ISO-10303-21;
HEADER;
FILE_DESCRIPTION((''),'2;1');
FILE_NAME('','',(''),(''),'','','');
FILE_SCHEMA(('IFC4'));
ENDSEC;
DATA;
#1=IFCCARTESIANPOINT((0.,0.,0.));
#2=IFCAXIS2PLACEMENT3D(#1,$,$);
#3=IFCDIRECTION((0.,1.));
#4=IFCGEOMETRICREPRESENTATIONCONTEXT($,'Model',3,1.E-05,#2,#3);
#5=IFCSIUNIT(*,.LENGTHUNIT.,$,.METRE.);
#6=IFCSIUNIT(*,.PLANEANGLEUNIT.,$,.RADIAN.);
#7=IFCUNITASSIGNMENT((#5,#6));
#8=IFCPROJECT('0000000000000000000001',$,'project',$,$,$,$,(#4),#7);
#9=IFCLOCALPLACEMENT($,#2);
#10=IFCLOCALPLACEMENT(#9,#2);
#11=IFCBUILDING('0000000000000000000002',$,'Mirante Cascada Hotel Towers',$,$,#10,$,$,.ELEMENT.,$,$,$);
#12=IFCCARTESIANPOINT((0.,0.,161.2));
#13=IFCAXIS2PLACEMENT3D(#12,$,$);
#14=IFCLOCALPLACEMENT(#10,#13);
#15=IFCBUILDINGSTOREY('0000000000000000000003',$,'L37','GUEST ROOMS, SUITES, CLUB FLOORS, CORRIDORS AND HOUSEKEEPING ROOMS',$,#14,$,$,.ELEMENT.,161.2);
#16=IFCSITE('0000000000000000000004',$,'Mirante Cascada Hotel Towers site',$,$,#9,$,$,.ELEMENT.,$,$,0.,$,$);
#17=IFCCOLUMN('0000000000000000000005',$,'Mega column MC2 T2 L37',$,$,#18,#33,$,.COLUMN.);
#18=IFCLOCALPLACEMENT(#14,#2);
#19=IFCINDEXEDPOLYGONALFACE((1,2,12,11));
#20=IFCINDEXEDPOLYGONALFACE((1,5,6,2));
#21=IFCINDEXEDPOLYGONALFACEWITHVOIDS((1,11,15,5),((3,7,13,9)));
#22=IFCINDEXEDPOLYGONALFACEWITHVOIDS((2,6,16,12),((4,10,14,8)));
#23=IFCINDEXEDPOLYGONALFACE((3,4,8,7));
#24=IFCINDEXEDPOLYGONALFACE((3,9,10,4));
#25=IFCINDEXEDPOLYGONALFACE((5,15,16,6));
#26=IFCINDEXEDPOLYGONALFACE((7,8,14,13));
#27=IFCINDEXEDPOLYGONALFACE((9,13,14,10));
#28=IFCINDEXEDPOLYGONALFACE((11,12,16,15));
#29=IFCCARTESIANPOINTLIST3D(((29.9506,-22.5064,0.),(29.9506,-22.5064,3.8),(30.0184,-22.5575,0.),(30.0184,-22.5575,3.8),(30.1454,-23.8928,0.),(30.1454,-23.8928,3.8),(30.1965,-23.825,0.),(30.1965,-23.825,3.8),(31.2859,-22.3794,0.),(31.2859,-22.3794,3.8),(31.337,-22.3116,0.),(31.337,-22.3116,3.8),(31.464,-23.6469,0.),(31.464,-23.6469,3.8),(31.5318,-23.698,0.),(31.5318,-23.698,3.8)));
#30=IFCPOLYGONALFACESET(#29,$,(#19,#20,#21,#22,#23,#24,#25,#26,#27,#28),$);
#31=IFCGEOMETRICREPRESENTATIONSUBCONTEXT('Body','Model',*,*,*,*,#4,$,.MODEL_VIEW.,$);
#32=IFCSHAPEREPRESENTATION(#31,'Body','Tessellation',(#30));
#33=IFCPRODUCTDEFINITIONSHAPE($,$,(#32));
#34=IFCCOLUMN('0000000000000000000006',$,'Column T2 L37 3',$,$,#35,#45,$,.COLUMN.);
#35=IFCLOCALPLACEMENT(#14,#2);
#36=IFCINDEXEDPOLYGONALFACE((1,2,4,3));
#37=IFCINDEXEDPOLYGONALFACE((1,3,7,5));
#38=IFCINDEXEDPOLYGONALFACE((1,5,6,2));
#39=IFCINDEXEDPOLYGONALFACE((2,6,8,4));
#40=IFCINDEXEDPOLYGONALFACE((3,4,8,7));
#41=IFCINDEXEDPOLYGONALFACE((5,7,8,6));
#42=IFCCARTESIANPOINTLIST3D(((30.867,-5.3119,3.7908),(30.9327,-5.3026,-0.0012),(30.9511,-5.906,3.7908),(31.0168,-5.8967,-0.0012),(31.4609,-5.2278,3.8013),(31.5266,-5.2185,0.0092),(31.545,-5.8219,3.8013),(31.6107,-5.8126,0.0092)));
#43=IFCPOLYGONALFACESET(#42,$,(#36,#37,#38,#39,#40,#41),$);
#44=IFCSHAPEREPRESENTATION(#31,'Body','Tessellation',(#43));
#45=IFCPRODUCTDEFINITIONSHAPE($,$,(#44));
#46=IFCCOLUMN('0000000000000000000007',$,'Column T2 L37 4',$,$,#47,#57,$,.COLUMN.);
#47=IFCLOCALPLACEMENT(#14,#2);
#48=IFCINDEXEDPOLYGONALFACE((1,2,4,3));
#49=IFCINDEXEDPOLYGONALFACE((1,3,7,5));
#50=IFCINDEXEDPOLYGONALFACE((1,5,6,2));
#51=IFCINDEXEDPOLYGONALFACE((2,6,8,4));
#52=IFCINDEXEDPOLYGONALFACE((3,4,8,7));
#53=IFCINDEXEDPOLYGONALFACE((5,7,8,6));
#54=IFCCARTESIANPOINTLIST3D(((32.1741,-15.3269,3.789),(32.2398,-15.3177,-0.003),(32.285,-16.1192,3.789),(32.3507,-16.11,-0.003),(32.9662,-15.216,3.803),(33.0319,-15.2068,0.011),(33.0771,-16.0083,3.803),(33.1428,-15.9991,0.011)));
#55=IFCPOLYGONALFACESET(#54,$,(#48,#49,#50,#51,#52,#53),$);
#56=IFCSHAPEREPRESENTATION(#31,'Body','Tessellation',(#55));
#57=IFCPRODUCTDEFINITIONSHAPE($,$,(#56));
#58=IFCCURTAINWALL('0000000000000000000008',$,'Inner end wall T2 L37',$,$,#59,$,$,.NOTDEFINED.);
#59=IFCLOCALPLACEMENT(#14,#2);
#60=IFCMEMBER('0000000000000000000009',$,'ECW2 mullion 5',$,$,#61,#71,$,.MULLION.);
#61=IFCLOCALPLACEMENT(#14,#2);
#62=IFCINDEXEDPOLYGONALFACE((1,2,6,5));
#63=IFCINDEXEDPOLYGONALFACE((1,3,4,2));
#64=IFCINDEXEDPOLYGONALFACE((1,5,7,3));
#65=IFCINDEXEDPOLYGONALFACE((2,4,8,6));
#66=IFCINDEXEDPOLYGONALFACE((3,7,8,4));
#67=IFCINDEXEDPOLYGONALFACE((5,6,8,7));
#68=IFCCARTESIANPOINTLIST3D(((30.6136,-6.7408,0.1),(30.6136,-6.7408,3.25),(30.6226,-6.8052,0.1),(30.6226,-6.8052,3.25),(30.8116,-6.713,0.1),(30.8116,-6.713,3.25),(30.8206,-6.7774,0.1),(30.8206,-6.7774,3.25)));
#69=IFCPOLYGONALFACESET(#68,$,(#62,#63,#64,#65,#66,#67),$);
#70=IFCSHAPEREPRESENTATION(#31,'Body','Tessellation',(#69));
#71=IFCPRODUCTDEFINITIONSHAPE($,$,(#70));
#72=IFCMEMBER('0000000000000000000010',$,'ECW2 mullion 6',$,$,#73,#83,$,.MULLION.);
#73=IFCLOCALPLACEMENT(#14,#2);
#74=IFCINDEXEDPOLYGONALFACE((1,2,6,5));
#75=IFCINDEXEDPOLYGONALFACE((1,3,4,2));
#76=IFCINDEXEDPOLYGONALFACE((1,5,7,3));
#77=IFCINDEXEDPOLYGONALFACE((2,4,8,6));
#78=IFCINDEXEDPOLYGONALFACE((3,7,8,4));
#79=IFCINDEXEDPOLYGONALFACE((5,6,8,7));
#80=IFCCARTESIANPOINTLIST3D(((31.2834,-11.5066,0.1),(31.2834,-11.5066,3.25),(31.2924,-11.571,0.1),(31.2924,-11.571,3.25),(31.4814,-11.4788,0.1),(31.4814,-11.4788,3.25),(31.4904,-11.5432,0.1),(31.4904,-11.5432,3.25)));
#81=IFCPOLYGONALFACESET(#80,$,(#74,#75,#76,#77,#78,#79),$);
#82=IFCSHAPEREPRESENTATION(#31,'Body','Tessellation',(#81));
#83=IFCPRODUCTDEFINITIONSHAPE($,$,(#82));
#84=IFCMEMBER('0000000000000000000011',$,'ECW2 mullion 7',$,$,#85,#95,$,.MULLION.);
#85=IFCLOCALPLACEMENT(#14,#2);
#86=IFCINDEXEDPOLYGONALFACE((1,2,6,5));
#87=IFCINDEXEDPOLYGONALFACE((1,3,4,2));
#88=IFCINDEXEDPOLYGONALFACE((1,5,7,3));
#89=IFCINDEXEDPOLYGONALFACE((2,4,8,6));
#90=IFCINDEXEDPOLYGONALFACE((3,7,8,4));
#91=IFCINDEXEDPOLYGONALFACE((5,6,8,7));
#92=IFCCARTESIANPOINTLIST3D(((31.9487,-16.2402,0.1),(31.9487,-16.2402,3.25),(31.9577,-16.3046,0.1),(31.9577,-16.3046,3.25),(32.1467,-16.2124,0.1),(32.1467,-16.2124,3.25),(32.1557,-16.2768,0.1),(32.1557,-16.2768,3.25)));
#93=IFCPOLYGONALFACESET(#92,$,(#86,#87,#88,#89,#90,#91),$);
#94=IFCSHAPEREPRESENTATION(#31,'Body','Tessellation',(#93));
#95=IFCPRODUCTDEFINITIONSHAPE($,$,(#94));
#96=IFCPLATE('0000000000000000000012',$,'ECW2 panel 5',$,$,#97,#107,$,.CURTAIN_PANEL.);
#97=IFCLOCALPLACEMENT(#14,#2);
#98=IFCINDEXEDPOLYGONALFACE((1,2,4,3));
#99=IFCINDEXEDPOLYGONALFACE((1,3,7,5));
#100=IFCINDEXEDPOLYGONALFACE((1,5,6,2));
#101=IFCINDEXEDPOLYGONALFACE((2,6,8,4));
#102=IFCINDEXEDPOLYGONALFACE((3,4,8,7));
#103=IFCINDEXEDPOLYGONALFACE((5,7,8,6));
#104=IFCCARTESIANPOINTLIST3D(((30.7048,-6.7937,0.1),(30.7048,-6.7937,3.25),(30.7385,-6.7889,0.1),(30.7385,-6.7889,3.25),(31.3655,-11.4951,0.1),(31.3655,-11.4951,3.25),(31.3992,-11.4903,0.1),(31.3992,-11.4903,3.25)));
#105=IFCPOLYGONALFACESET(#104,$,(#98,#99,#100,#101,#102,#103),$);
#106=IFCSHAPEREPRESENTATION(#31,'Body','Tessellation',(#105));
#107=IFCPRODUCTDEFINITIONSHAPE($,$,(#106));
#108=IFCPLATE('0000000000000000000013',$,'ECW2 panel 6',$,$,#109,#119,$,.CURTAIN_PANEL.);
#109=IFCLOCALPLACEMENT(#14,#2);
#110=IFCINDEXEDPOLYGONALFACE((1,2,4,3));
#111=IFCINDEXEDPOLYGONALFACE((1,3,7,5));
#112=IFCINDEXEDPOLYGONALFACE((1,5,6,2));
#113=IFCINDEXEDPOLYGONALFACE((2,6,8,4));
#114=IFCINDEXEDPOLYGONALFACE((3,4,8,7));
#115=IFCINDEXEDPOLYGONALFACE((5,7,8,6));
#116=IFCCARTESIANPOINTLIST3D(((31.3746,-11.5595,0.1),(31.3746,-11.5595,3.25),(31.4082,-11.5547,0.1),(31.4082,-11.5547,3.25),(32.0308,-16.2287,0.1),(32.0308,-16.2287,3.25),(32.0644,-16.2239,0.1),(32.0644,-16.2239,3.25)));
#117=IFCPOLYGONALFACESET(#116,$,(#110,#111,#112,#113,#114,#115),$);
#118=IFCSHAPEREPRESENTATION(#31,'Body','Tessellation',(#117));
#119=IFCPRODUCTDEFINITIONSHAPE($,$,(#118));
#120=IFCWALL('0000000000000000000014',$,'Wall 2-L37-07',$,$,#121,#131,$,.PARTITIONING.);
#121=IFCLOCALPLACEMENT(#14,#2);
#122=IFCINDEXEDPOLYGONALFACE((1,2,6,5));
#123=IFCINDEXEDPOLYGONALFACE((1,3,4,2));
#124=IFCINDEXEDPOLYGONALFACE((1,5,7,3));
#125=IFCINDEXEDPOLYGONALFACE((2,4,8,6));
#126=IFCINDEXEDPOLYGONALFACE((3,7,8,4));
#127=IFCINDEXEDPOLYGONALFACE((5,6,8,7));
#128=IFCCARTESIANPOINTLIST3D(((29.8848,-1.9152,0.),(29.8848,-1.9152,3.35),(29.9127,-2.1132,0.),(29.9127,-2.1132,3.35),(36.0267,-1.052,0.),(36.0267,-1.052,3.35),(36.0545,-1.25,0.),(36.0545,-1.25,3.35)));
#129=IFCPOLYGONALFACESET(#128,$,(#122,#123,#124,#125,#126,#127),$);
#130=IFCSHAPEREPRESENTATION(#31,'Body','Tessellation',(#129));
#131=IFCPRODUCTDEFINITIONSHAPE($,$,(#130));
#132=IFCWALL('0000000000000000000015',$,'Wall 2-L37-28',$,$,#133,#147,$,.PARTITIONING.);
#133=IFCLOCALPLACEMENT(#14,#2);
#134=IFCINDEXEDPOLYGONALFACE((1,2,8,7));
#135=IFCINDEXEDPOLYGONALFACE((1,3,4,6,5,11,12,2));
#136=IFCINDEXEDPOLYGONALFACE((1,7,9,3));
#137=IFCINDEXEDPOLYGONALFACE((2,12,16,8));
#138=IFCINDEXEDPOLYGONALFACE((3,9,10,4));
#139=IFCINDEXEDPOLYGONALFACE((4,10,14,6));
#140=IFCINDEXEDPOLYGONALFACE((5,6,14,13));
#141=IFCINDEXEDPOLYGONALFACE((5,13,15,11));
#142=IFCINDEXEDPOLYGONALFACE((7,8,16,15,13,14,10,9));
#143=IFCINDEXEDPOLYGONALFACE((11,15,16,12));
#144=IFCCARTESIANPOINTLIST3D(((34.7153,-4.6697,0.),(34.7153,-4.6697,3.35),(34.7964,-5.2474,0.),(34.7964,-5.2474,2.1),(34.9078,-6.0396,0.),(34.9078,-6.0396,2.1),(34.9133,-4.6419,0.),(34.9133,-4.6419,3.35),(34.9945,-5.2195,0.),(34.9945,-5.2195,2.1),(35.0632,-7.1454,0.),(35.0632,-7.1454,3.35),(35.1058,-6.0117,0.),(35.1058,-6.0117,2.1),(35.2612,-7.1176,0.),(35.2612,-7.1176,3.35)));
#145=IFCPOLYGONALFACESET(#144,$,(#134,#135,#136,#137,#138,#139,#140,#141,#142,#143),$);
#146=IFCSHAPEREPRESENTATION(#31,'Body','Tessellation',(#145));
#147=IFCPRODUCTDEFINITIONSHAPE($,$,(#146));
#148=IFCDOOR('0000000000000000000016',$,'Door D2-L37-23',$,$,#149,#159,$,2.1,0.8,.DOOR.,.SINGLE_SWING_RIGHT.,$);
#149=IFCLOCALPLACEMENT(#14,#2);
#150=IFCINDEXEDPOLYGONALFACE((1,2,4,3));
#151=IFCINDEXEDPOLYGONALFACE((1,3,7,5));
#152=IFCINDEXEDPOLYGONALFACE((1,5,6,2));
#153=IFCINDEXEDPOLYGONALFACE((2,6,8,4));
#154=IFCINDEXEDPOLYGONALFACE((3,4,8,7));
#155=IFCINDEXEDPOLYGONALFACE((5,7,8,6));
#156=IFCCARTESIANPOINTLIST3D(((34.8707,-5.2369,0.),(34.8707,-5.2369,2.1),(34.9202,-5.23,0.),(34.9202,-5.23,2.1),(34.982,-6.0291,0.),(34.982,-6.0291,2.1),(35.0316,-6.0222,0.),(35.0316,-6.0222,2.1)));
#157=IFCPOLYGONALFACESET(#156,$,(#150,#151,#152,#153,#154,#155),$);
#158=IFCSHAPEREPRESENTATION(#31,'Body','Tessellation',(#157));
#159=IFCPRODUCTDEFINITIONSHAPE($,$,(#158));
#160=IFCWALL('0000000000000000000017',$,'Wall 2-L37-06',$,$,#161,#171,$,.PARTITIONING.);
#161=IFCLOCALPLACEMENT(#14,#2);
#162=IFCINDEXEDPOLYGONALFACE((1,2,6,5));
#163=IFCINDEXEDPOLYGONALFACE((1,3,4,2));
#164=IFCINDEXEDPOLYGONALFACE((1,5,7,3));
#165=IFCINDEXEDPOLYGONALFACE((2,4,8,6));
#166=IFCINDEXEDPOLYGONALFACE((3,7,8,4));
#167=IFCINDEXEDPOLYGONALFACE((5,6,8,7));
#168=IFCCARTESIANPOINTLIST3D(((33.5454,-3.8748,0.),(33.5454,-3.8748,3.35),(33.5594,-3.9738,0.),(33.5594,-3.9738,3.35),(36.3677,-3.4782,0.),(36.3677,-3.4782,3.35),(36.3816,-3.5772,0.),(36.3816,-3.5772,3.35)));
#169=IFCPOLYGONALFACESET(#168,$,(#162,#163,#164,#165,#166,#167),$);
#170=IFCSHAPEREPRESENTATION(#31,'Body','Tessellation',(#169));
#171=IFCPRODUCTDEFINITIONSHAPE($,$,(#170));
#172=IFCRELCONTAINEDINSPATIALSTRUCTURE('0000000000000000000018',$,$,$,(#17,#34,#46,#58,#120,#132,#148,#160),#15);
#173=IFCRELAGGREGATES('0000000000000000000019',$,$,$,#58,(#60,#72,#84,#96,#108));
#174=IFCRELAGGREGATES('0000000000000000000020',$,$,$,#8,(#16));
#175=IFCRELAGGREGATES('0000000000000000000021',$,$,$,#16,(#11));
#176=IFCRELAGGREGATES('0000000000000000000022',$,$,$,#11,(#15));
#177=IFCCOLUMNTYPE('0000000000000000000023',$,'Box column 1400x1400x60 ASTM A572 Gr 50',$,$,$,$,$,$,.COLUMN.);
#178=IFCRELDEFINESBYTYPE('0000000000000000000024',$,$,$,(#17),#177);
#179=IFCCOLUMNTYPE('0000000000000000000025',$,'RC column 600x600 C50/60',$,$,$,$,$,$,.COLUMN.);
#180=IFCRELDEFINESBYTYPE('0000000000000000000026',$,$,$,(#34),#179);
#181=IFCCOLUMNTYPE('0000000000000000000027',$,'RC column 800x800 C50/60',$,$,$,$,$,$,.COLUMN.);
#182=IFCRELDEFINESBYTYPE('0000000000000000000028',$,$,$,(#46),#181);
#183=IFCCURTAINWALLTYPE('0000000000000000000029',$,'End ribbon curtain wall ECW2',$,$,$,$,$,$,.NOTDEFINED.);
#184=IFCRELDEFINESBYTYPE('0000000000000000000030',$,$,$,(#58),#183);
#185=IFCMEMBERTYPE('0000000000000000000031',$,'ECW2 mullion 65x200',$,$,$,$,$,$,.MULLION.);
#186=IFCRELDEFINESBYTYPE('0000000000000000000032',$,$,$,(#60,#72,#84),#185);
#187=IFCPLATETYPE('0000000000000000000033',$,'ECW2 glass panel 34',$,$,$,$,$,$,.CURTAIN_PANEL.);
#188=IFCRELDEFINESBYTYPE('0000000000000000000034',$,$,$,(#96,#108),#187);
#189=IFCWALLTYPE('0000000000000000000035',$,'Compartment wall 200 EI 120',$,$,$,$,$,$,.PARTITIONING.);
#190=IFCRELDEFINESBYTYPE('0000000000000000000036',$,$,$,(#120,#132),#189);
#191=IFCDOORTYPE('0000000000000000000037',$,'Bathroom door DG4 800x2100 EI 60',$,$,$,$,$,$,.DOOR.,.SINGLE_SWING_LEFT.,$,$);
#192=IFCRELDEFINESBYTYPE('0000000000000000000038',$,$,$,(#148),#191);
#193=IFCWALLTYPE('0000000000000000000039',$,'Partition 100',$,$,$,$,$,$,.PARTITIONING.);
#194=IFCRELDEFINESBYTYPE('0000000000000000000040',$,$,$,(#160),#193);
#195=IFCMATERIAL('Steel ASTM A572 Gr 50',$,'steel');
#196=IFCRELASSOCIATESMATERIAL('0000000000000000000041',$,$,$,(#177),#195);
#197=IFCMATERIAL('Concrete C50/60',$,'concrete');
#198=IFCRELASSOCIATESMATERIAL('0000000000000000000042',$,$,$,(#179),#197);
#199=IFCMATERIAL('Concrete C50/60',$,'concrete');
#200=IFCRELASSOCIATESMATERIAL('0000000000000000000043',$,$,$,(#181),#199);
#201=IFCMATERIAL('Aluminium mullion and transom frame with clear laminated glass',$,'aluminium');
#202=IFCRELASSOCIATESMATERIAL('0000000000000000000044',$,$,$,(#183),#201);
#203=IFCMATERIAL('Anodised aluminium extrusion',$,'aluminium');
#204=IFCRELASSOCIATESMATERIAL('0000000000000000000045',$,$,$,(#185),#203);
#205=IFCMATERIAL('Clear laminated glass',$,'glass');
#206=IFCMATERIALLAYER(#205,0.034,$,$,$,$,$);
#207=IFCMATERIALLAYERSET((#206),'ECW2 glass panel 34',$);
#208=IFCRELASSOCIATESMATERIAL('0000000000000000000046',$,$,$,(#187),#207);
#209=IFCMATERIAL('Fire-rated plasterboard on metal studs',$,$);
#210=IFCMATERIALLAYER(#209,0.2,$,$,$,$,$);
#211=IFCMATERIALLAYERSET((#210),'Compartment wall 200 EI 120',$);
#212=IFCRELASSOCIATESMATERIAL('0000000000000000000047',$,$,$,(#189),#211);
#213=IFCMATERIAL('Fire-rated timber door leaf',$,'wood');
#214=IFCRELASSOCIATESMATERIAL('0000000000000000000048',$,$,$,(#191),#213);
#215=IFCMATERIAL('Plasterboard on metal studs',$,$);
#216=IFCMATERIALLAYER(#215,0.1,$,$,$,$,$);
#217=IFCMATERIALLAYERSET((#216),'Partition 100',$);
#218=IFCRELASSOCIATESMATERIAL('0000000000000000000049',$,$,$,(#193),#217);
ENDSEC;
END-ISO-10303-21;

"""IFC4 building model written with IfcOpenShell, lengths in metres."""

from ifc_helpers import new_model, si_unit, direction, frame, frame_2d, origin, origin_2d, place, context, subcontext, project, spatial, rectangle, hollow_rectangle, extrude, material, layer, layer_set, material_profile, profile_set, type_object, element, fill, aggregate, save


model = new_model("IFC4")

# Units and contexts
model_context = context("Model", 3, precision=1e-05, world=origin(), true_north=direction((0.0, 1.0)))
body_context = subcontext(model_context, "Body", "Model", "MODEL_VIEW")
ifc_project = project(units=[si_unit("LENGTHUNIT", "METRE"), si_unit("PLANEANGLEUNIT", "RADIAN")], contexts=[model_context])

# Site, building, storey
site_placement = place(None, origin())
site = spatial("IfcSite", under=ifc_project, at=site_placement, Name="Mirante Cascada Hotel Towers site", CompositionType="ELEMENT", RefElevation=0.0)
building_placement = place(site_placement, origin())
building = spatial("IfcBuilding", under=site, at=building_placement, Name="Mirante Cascada Hotel Towers", CompositionType="ELEMENT")
storey_placement = place(building_placement, frame((0.0, 0.0, 161.2)))
storey = spatial("IfcBuildingStorey", under=building, at=storey_placement, Name="L37", Description="GUEST ROOMS, SUITES, CLUB FLOORS, CORRIDORS AND HOUSEKEEPING ROOMS", CompositionType="ELEMENT", Elevation=161.2)

# Columns
ifc_material_1 = material(Name="Steel ASTM A572 Gr 50", Category="steel")
ifc_material_profile_1 = material_profile(ifc_material_1, hollow_rectangle(XDim=1.4, YDim=1.4, WallThickness=0.06, at=origin_2d()), Name="Box column 1400x1400x60 ASTM A572 Gr 50")
ifc_profile_set_1 = profile_set([ifc_material_profile_1], Name="Steel ASTM A572 Gr 50")
column_type_1 = type_object("IfcColumnType", Name="Box column 1400x1400x60 ASTM A572 Gr 50", PredefinedType="COLUMN", material=ifc_profile_set_1)
column_1_placement = place(storey_placement, frame((30.7412, -23.1022, 0.0), z_axis=(0.0, 0.0, 1.0), x_axis=(0.990268, 0.139173, 0.0)))
element("IfcColumn", 1, at=column_1_placement, inside=storey, type_object=column_type_1, Name="Mega column MC2 T2 L37", PredefinedType="COLUMN", context=body_context, shape_type="SweptSolid", body=[
    extrude(hollow_rectangle(XDim=1.4, YDim=1.4, WallThickness=0.06, at=origin_2d()), origin(), (0.0, 0.0, 1.0), 3.8),
])
ifc_material_2 = material(Name="Concrete C50/60", Category="concrete")
ifc_material_profile_2 = material_profile(ifc_material_2, rectangle(XDim=0.6, YDim=0.6, at=origin_2d()), Name="RC column 600x600 C50/60")
ifc_profile_set_2 = profile_set([ifc_material_profile_2], Name="Concrete C50/60")
column_type_2 = type_object("IfcColumnType", Name="RC column 600x600 C50/60", PredefinedType="COLUMN", material=ifc_profile_set_2)
column_2_placement = place(storey_placement, frame((31.2717, -5.5576, 0.004), z_axis=(-0.017323, -0.002452, 0.999847), x_axis=(0.140155, -0.990129, 0.0)))
element("IfcColumn", 2, at=column_2_placement, inside=storey, type_object=column_type_2, Name="Column T2 L37 3", PredefinedType="COLUMN", context=body_context, shape_type="SweptSolid", body=[
    extrude(rectangle(XDim=0.6, YDim=0.6, at=origin_2d()), origin(), (0.0, 0.0, 1.0), 3.7926),
])
ifc_material_3 = material(Name="Concrete C50/60", Category="concrete")
ifc_material_profile_3 = material_profile(ifc_material_3, rectangle(XDim=0.8, YDim=0.8, at=origin_2d()), Name="RC column 800x800 C50/60")
ifc_profile_set_3 = profile_set([ifc_material_profile_3], Name="Concrete C50/60")
column_type_3 = type_object("IfcColumnType", Name="RC column 800x800 C50/60", PredefinedType="COLUMN", material=ifc_profile_set_3)
column_3_placement = place(storey_placement, frame((32.6913, -15.6584, 0.004), z_axis=(-0.017323, -0.002426, 0.999847), x_axis=(0.138677, -0.990338, 0.0)))
element("IfcColumn", 3, at=column_3_placement, inside=storey, type_object=column_type_3, Name="Column T2 L37 4", PredefinedType="COLUMN", context=body_context, shape_type="SweptSolid", body=[
    extrude(rectangle(XDim=0.8, YDim=0.8, at=origin_2d()), origin(), (0.0, 0.0, 1.0), 3.7926),
])

# Curtain wall, members, plates
ifc_material_4 = material(Name="Aluminium mullion and transom frame with clear laminated glass", Category="aluminium")
curtain_wall_type = type_object("IfcCurtainWallType", Name="End ribbon curtain wall ECW2", PredefinedType="NOTDEFINED", material=ifc_material_4)
curtain_wall_placement = place(storey_placement, origin())
curtain_wall = element("IfcCurtainWall", 4, at=curtain_wall_placement, inside=storey, type_object=curtain_wall_type, Name="Inner end wall T2 L37", PredefinedType="NOTDEFINED")
ifc_material_5 = material(Name="Anodised aluminium extrusion", Category="aluminium")
ifc_material_profile_4 = material_profile(ifc_material_5, rectangle(XDim=0.2, YDim=0.065, at=origin_2d()), Name="ECW2 MULLION 65x200")
ifc_profile_set_4 = profile_set([ifc_material_profile_4], Name="Anodised aluminium extrusion")
member_type = type_object("IfcMemberType", Name="ECW2 mullion 65x200", PredefinedType="MULLION", material=ifc_profile_set_4)
member_1_placement = place(storey_placement, frame((30.7171, -6.7591, 0.1), z_axis=(0.0, 0.0, 1.0), x_axis=(0.990268, 0.139173, 0.0)))
member_1 = element("IfcMember", 5, at=member_1_placement, type_object=member_type, Name="ECW2 mullion 5", PredefinedType="MULLION", context=body_context, shape_type="SweptSolid", body=[
    extrude(rectangle(XDim=0.2, YDim=0.065, at=origin_2d()), origin(), (0.0, 0.0, 1.0), 3.15),
])
member_2_placement = place(storey_placement, frame((31.3869, -11.5249, 0.1), z_axis=(0.0, 0.0, 1.0), x_axis=(0.990268, 0.139173, 0.0)))
member_2 = element("IfcMember", 6, at=member_2_placement, type_object=member_type, Name="ECW2 mullion 6", PredefinedType="MULLION", context=body_context, shape_type="SweptSolid", body=[
    extrude(rectangle(XDim=0.2, YDim=0.065, at=origin_2d()), origin(), (0.0, 0.0, 1.0), 3.15),
])
member_3_placement = place(storey_placement, frame((32.0522, -16.2585, 0.1), z_axis=(0.0, 0.0, 1.0), x_axis=(0.990268, 0.139173, 0.0)))
member_3 = element("IfcMember", 7, at=member_3_placement, type_object=member_type, Name="ECW2 mullion 7", PredefinedType="MULLION", context=body_context, shape_type="SweptSolid", body=[
    extrude(rectangle(XDim=0.2, YDim=0.065, at=origin_2d()), origin(), (0.0, 0.0, 1.0), 3.15),
])
ifc_material_6 = material(Name="Clear laminated glass", Category="glass")
ifc_layer_1 = layer(ifc_material_6, 0.034)
ifc_layer_set_1 = layer_set([ifc_layer_1], Name="ECW2 glass panel 34")
plate_type = type_object("IfcPlateType", Name="ECW2 glass panel 34", PredefinedType="CURTAIN_PANEL", material=ifc_layer_set_1)
plate_1_placement = place(storey_placement, frame((31.052, -9.142, 0.1), z_axis=(0.0, 0.0, 1.0), x_axis=(0.139173, -0.990268, 0.0)))
plate_1 = element("IfcPlate", 8, at=plate_1_placement, type_object=plate_type, Name="ECW2 panel 5", PredefinedType="CURTAIN_PANEL", context=body_context, shape_type="SweptSolid", body=[
    extrude(rectangle(XDim=4.7476, YDim=0.034, at=origin_2d()), origin(), (0.0, 0.0, 1.0), 3.15),
])
plate_2_placement = place(storey_placement, frame((31.7195, -13.8917, 0.1), z_axis=(0.0, 0.0, 1.0), x_axis=(0.139173, -0.990268, 0.0)))
plate_2 = element("IfcPlate", 9, at=plate_2_placement, type_object=plate_type, Name="ECW2 panel 6", PredefinedType="CURTAIN_PANEL", context=body_context, shape_type="SweptSolid", body=[
    extrude(rectangle(XDim=4.7151, YDim=0.034, at=origin_2d()), origin(), (0.0, 0.0, 1.0), 3.15),
])
aggregate(curtain_wall, [member_1, member_2, member_3, plate_1, plate_2])

# Wall
ifc_material_7 = material(Name="Fire-rated plasterboard on metal studs")
ifc_layer_2 = layer(ifc_material_7, 0.2)
ifc_layer_set_2 = layer_set([ifc_layer_2], Name="Compartment wall 200 EI 120")
wall_type_1 = type_object("IfcWallType", Name="Compartment wall 200 EI 120", PredefinedType="PARTITIONING", material=ifc_layer_set_2)
wall_1_placement = place(storey_placement, frame((36.0406, -1.151, 0.0), z_axis=(0.0, 0.0, 1.0), x_axis=(-0.990267, -0.139177, 0.0)))
element("IfcWall", 10, at=wall_1_placement, inside=storey, type_object=wall_type_1, Name="Wall 2-L37-07", PredefinedType="PARTITIONING", context=body_context, shape_type="SweptSolid", body=[
    extrude(rectangle(XDim=6.2022, YDim=0.2, at=frame_2d((3.1011, 0.0))), origin(), (0.0, 0.0, 1.0), 3.35),
])

# Wall, opening, door
wall_2_placement = place(storey_placement, frame((35.1622, -7.1315, 0.0), z_axis=(0.0, 0.0, 1.0), x_axis=(-0.139159, 0.99027, 0.0)))
wall_2 = element("IfcWall", 11, at=wall_2_placement, inside=storey, type_object=wall_type_1, Name="Wall 2-L37-28", PredefinedType="PARTITIONING", context=body_context, shape_type="SweptSolid", body=[
    extrude(rectangle(XDim=2.5, YDim=0.2, at=frame_2d((1.25, 0.0))), origin(), (0.0, 0.0, 1.0), 3.35),
])
opening_1_placement = place(wall_2_placement, frame((1.1167, 0.0, 0.0)))
opening_1 = element("IfcOpeningElement", 12, at=opening_1_placement, cuts=wall_2, PredefinedType="OPENING", context=body_context, shape_type="SweptSolid", body=[
    extrude(rectangle(XDim=0.8, YDim=2.1, at=frame_2d((0.4, 1.05))), frame((0.0, 0.1, 0.0), z_axis=(0.0, -1.0, 0.0), x_axis=(1.0, 0.0, 0.0)), (0.0, 0.0, 1.0), 0.2),
])
ifc_material_8 = material(Name="Fire-rated timber door leaf", Category="wood")
door_type_1 = type_object("IfcDoorType", Name="Bathroom door DG4 800x2100 EI 60", OperationType="SINGLE_SWING_LEFT", PredefinedType="DOOR", material=ifc_material_8)
door_1_placement = place(opening_1_placement, frame((0.8, 0.0, 0.0), z_axis=(0.0, 0.0, 1.0), x_axis=(-1.0, 0.0, 0.0)))
door_1 = element("IfcDoor", 13, at=door_1_placement, inside=storey, type_object=door_type_1, Name="Door D2-L37-23", OperationType="SINGLE_SWING_RIGHT", OverallHeight=2.1, OverallWidth=0.8, PredefinedType="DOOR", context=body_context, shape_type="SweptSolid", body=[
    extrude(rectangle(XDim=0.8, YDim=2.1, at=frame_2d((0.4, 1.05))), frame((0.0, 0.025, 0.0), z_axis=(0.0, -1.0, 0.0), x_axis=(1.0, 0.0, 0.0)), (0.0, 0.0, 1.0), 0.05),
])
fill(opening_1, door_1)

# Wall
ifc_material_9 = material(Name="Plasterboard on metal studs")
ifc_layer_3 = layer(ifc_material_9, 0.1)
ifc_layer_set_3 = layer_set([ifc_layer_3], Name="Partition 100")
wall_type_2 = type_object("IfcWallType", Name="Partition 100", PredefinedType="PARTITIONING", material=ifc_layer_set_3)
wall_3_placement = place(storey_placement, frame((33.5524, -3.9243, 0.0), z_axis=(0.0, 0.0, 1.0), x_axis=(0.99027, 0.139156, 0.0)))
element("IfcWall", 14, at=wall_3_placement, inside=storey, type_object=wall_type_2, Name="Wall 2-L37-06", PredefinedType="PARTITIONING", context=body_context, shape_type="SweptSolid", body=[
    extrude(rectangle(XDim=2.85, YDim=0.1, at=frame_2d((1.425, 0.0))), origin(), (0.0, 0.0, 1.0), 3.35),
])

save(model, "model.ifc")
